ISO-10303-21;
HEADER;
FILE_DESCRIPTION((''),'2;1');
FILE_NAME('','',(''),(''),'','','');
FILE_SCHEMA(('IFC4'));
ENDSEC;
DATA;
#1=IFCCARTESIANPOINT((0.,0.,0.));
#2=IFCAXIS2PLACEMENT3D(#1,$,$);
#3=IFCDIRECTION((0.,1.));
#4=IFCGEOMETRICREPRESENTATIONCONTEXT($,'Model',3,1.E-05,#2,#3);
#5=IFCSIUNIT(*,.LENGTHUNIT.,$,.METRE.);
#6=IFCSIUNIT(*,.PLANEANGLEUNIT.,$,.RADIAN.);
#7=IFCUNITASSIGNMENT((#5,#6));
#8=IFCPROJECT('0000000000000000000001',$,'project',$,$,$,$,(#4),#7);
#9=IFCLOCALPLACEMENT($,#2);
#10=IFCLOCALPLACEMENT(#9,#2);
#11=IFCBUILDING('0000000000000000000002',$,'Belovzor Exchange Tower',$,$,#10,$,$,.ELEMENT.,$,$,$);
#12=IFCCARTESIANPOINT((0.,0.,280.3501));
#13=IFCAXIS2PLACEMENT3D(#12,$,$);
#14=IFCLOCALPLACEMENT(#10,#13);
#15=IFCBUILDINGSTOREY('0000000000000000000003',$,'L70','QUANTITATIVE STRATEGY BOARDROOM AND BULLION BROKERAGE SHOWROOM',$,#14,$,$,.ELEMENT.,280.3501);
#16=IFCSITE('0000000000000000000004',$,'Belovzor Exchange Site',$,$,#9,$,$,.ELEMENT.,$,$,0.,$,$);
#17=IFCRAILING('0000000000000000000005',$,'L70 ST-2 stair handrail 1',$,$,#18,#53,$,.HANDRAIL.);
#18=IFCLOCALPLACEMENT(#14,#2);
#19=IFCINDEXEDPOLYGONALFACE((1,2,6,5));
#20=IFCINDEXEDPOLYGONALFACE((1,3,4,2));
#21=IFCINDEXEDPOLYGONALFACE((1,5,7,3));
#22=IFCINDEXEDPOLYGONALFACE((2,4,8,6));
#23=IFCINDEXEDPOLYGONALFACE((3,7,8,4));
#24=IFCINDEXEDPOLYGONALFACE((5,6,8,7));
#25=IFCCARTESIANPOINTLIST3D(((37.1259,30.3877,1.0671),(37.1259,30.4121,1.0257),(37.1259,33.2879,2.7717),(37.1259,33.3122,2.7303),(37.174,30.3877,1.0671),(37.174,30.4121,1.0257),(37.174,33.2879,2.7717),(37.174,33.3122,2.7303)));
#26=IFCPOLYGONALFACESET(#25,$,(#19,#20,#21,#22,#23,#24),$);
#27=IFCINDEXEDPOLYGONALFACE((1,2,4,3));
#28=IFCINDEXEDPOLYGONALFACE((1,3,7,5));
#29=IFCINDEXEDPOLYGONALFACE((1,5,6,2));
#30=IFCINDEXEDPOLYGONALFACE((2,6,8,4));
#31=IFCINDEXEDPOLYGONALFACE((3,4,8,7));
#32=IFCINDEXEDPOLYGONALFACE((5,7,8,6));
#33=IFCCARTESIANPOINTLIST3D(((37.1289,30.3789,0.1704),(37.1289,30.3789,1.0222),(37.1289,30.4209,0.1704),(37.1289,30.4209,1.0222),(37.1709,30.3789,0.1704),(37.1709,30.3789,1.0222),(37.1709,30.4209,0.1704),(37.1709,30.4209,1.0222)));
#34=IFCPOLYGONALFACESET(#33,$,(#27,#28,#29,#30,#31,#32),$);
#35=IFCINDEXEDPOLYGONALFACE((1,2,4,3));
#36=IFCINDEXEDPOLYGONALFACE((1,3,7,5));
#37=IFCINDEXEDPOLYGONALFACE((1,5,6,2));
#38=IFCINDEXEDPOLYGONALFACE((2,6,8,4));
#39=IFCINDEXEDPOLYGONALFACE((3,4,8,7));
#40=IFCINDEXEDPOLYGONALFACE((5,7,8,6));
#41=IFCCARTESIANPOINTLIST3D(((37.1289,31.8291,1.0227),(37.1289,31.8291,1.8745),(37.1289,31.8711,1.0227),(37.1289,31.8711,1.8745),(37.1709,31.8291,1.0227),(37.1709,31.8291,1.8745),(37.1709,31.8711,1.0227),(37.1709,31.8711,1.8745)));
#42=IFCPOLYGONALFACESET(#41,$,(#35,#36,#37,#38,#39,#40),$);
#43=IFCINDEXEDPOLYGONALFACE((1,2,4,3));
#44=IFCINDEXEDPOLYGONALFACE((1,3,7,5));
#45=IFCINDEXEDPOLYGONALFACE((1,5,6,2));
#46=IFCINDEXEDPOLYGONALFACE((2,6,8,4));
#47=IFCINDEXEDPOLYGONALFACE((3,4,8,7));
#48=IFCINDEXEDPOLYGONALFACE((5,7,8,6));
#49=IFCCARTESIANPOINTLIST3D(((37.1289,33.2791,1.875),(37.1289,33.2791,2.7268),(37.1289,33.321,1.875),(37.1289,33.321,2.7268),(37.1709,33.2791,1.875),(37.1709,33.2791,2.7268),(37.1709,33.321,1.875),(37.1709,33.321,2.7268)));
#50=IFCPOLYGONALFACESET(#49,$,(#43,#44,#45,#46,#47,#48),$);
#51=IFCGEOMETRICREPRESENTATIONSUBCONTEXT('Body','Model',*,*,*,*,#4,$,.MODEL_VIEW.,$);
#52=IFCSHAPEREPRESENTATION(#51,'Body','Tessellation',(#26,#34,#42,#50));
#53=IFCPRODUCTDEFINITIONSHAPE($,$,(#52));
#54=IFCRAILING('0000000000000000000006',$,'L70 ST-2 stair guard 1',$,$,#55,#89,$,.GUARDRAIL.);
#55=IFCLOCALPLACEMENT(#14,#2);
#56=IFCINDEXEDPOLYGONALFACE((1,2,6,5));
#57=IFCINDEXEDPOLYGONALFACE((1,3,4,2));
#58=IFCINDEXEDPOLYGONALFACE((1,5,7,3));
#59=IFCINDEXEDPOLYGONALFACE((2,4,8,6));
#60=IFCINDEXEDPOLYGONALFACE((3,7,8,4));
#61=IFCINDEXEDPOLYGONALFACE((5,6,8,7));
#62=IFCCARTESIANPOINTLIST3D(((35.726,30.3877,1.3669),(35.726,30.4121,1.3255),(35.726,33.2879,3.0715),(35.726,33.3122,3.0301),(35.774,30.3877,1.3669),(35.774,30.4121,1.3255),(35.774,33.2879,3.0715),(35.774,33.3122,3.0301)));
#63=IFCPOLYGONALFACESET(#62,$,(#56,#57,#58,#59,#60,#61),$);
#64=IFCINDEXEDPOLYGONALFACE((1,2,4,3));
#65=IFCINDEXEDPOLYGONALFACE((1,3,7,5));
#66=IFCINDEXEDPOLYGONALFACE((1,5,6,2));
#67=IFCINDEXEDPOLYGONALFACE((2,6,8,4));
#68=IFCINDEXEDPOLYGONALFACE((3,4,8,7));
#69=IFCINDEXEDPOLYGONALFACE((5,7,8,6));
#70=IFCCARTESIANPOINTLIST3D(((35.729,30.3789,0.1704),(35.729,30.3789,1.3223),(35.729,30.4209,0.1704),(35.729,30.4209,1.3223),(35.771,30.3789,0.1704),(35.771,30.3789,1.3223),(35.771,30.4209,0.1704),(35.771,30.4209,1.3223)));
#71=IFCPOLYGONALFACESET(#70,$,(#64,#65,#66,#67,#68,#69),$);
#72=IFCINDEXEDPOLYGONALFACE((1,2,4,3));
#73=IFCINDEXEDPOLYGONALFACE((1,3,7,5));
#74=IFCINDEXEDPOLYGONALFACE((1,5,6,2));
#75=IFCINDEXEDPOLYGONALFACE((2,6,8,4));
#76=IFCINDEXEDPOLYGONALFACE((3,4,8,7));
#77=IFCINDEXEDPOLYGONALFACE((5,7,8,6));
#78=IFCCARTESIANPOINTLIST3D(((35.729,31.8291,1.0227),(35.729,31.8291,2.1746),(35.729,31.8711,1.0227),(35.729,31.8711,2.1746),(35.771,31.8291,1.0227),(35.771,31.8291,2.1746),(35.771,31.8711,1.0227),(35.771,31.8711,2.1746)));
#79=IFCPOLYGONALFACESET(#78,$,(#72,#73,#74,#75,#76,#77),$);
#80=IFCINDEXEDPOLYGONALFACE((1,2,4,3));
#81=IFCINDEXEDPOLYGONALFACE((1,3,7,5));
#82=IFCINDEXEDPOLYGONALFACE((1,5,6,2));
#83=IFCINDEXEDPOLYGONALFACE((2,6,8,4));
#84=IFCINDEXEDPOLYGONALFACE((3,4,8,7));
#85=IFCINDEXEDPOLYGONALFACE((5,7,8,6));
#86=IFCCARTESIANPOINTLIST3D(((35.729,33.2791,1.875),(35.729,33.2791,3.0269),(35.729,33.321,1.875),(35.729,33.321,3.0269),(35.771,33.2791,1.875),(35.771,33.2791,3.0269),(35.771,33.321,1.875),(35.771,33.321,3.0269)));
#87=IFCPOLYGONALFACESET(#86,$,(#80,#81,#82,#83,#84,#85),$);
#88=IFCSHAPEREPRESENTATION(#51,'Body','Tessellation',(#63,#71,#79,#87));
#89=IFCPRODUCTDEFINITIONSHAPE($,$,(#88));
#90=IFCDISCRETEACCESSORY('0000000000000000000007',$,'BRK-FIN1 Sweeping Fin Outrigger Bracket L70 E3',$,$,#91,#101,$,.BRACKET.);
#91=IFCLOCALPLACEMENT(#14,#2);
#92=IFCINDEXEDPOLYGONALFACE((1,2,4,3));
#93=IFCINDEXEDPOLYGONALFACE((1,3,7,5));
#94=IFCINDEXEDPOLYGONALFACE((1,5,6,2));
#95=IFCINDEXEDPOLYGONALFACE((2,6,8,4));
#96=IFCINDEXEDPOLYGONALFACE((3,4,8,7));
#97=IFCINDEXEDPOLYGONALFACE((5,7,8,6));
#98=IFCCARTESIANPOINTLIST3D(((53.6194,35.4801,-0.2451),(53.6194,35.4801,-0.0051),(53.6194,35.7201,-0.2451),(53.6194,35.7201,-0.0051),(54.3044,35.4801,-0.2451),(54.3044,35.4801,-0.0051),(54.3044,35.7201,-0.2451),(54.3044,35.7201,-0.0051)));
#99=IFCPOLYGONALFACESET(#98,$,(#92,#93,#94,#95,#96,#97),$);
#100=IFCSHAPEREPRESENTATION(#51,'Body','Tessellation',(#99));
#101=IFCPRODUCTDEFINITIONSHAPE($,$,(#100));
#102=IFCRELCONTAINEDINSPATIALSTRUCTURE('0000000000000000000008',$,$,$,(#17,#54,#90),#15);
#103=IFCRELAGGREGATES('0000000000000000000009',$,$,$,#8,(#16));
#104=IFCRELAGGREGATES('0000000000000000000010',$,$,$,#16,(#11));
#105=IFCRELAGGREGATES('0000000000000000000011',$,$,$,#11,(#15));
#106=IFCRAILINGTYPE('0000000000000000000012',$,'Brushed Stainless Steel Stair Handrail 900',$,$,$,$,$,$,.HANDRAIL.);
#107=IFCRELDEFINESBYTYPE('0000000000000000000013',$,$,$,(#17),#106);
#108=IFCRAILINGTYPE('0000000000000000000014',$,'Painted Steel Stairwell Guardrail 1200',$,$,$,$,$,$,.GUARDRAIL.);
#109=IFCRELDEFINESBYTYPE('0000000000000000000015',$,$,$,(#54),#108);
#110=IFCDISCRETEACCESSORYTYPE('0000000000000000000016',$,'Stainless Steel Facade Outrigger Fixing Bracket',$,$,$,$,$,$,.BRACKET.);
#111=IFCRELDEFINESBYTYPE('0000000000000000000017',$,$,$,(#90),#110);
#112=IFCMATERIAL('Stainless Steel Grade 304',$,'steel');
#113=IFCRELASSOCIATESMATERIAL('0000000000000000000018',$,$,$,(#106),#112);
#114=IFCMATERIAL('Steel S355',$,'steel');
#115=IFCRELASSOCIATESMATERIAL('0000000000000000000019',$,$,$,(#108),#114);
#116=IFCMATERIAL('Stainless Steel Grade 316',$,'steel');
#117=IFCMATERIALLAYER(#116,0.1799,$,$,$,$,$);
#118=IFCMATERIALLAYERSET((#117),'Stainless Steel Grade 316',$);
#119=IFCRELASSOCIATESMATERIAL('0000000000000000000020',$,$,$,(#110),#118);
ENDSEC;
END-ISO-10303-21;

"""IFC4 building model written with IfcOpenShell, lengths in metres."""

from ifc_helpers import new_model, si_unit, direction, frame, origin, origin_2d, place, context, subcontext, project, spatial, rectangle, extrude, material, layer, layer_set, type_object, element, save


model = new_model("IFC4")

# Units and contexts
model_context = context("Model", 3, precision=1e-05, world=origin(), true_north=direction((0.0, 1.0)))
body_context = subcontext(model_context, "Body", "Model", "MODEL_VIEW")
ifc_project = project(units=[si_unit("LENGTHUNIT", "METRE"), si_unit("PLANEANGLEUNIT", "RADIAN")], contexts=[model_context])

# Site, building, storey
site_placement = place(None, origin())
site = spatial("IfcSite", under=ifc_project, at=site_placement, Name="Belovzor Exchange Site", CompositionType="ELEMENT", RefElevation=0.0)
building_placement = place(site_placement, origin())
building = spatial("IfcBuilding", under=site, at=building_placement, Name="Belovzor Exchange Tower", CompositionType="ELEMENT")
storey_placement = place(building_placement, frame((0.0, 0.0, 280.3501)))
storey = spatial("IfcBuildingStorey", under=building, at=storey_placement, Name="L70", Description="QUANTITATIVE STRATEGY BOARDROOM AND BULLION BROKERAGE SHOWROOM", CompositionType="ELEMENT", Elevation=280.3501)

# Railings
ifc_material_1 = material(Name="Stainless Steel Grade 304", Category="steel")
railing_type_1 = type_object("IfcRailingType", Name="Brushed Stainless Steel Stair Handrail 900", PredefinedType="HANDRAIL", material=ifc_material_1)
railing_1_placement = place(storey_placement, frame((37.1499, 30.3999, 0.1704)))
element("IfcRailing", 1, at=railing_1_placement, inside=storey, type_object=railing_type_1, Name="L70 ST-2 stair handrail 1", PredefinedType="HANDRAIL", context=body_context, shape_type="SweptSolid", body=[
    extrude(rectangle(XDim=0.0481, YDim=0.0481, at=origin_2d()), frame((0.0, 0.0, 0.876), z_axis=(0.0, 0.862113, 0.506716), x_axis=(-1.0, 0.0, 0.0)), (0.0, 0.0, 1.0), 3.364),
    extrude(rectangle(XDim=0.042, YDim=0.042, at=origin_2d()), origin(), (0.0, 0.0, 1.0), 0.8518),
    extrude(rectangle(XDim=0.042, YDim=0.042, at=origin_2d()), frame((0.0, 1.4502, 0.8523)), (0.0, 0.0, 1.0), 0.8518),
    extrude(rectangle(XDim=0.042, YDim=0.042, at=origin_2d()), frame((0.0, 2.9001, 1.7046)), (0.0, 0.0, 1.0), 0.8518),
])
ifc_material_2 = material(Name="Steel S355", Category="steel")
railing_type_2 = type_object("IfcRailingType", Name="Painted Steel Stairwell Guardrail 1200", PredefinedType="GUARDRAIL", material=ifc_material_2)
railing_2_placement = place(storey_placement, frame((35.75, 30.3999, 0.1704)))
element("IfcRailing", 2, at=railing_2_placement, inside=storey, type_object=railing_type_2, Name="L70 ST-2 stair guard 1", PredefinedType="GUARDRAIL", context=body_context, shape_type="SweptSolid", body=[
    extrude(rectangle(XDim=0.0481, YDim=0.0481, at=origin_2d()), frame((0.0, 0.0, 1.1758), z_axis=(0.0, 0.862113, 0.506716), x_axis=(-1.0, 0.0, 0.0)), (0.0, 0.0, 1.0), 3.364),
    extrude(rectangle(XDim=0.042, YDim=0.042, at=origin_2d()), origin(), (0.0, 0.0, 1.0), 1.1519),
    extrude(rectangle(XDim=0.042, YDim=0.042, at=origin_2d()), frame((0.0, 1.4502, 0.8523)), (0.0, 0.0, 1.0), 1.1519),
    extrude(rectangle(XDim=0.042, YDim=0.042, at=origin_2d()), frame((0.0, 2.9001, 1.7046)), (0.0, 0.0, 1.0), 1.1519),
])

# Discrete accessory
ifc_material_3 = material(Name="Stainless Steel Grade 316", Category="steel")
ifc_layer_1 = layer(ifc_material_3, 0.1799)
ifc_layer_set_1 = layer_set([ifc_layer_1], Name="Stainless Steel Grade 316")
discrete_accessory_type = type_object("IfcDiscreteAccessoryType", Name="Stainless Steel Facade Outrigger Fixing Bracket", PredefinedType="BRACKET", material=ifc_layer_set_1)
discrete_accessory_placement = place(storey_placement, frame((53.9619, 35.6001, -0.2451), z_axis=(0.0, 0.0, 1.0), x_axis=(1.0, 0.0, 0.0)))
element("IfcDiscreteAccessory", 3, at=discrete_accessory_placement, inside=storey, type_object=discrete_accessory_type, Name="BRK-FIN1 Sweeping Fin Outrigger Bracket L70 E3", PredefinedType="BRACKET", context=body_context, shape_type="SweptSolid", body=[
    extrude(rectangle(XDim=0.6851, YDim=0.24, at=origin_2d()), origin(), (0.0, 0.0, 1.0), 0.24),
])

save(model, "model.ifc")
